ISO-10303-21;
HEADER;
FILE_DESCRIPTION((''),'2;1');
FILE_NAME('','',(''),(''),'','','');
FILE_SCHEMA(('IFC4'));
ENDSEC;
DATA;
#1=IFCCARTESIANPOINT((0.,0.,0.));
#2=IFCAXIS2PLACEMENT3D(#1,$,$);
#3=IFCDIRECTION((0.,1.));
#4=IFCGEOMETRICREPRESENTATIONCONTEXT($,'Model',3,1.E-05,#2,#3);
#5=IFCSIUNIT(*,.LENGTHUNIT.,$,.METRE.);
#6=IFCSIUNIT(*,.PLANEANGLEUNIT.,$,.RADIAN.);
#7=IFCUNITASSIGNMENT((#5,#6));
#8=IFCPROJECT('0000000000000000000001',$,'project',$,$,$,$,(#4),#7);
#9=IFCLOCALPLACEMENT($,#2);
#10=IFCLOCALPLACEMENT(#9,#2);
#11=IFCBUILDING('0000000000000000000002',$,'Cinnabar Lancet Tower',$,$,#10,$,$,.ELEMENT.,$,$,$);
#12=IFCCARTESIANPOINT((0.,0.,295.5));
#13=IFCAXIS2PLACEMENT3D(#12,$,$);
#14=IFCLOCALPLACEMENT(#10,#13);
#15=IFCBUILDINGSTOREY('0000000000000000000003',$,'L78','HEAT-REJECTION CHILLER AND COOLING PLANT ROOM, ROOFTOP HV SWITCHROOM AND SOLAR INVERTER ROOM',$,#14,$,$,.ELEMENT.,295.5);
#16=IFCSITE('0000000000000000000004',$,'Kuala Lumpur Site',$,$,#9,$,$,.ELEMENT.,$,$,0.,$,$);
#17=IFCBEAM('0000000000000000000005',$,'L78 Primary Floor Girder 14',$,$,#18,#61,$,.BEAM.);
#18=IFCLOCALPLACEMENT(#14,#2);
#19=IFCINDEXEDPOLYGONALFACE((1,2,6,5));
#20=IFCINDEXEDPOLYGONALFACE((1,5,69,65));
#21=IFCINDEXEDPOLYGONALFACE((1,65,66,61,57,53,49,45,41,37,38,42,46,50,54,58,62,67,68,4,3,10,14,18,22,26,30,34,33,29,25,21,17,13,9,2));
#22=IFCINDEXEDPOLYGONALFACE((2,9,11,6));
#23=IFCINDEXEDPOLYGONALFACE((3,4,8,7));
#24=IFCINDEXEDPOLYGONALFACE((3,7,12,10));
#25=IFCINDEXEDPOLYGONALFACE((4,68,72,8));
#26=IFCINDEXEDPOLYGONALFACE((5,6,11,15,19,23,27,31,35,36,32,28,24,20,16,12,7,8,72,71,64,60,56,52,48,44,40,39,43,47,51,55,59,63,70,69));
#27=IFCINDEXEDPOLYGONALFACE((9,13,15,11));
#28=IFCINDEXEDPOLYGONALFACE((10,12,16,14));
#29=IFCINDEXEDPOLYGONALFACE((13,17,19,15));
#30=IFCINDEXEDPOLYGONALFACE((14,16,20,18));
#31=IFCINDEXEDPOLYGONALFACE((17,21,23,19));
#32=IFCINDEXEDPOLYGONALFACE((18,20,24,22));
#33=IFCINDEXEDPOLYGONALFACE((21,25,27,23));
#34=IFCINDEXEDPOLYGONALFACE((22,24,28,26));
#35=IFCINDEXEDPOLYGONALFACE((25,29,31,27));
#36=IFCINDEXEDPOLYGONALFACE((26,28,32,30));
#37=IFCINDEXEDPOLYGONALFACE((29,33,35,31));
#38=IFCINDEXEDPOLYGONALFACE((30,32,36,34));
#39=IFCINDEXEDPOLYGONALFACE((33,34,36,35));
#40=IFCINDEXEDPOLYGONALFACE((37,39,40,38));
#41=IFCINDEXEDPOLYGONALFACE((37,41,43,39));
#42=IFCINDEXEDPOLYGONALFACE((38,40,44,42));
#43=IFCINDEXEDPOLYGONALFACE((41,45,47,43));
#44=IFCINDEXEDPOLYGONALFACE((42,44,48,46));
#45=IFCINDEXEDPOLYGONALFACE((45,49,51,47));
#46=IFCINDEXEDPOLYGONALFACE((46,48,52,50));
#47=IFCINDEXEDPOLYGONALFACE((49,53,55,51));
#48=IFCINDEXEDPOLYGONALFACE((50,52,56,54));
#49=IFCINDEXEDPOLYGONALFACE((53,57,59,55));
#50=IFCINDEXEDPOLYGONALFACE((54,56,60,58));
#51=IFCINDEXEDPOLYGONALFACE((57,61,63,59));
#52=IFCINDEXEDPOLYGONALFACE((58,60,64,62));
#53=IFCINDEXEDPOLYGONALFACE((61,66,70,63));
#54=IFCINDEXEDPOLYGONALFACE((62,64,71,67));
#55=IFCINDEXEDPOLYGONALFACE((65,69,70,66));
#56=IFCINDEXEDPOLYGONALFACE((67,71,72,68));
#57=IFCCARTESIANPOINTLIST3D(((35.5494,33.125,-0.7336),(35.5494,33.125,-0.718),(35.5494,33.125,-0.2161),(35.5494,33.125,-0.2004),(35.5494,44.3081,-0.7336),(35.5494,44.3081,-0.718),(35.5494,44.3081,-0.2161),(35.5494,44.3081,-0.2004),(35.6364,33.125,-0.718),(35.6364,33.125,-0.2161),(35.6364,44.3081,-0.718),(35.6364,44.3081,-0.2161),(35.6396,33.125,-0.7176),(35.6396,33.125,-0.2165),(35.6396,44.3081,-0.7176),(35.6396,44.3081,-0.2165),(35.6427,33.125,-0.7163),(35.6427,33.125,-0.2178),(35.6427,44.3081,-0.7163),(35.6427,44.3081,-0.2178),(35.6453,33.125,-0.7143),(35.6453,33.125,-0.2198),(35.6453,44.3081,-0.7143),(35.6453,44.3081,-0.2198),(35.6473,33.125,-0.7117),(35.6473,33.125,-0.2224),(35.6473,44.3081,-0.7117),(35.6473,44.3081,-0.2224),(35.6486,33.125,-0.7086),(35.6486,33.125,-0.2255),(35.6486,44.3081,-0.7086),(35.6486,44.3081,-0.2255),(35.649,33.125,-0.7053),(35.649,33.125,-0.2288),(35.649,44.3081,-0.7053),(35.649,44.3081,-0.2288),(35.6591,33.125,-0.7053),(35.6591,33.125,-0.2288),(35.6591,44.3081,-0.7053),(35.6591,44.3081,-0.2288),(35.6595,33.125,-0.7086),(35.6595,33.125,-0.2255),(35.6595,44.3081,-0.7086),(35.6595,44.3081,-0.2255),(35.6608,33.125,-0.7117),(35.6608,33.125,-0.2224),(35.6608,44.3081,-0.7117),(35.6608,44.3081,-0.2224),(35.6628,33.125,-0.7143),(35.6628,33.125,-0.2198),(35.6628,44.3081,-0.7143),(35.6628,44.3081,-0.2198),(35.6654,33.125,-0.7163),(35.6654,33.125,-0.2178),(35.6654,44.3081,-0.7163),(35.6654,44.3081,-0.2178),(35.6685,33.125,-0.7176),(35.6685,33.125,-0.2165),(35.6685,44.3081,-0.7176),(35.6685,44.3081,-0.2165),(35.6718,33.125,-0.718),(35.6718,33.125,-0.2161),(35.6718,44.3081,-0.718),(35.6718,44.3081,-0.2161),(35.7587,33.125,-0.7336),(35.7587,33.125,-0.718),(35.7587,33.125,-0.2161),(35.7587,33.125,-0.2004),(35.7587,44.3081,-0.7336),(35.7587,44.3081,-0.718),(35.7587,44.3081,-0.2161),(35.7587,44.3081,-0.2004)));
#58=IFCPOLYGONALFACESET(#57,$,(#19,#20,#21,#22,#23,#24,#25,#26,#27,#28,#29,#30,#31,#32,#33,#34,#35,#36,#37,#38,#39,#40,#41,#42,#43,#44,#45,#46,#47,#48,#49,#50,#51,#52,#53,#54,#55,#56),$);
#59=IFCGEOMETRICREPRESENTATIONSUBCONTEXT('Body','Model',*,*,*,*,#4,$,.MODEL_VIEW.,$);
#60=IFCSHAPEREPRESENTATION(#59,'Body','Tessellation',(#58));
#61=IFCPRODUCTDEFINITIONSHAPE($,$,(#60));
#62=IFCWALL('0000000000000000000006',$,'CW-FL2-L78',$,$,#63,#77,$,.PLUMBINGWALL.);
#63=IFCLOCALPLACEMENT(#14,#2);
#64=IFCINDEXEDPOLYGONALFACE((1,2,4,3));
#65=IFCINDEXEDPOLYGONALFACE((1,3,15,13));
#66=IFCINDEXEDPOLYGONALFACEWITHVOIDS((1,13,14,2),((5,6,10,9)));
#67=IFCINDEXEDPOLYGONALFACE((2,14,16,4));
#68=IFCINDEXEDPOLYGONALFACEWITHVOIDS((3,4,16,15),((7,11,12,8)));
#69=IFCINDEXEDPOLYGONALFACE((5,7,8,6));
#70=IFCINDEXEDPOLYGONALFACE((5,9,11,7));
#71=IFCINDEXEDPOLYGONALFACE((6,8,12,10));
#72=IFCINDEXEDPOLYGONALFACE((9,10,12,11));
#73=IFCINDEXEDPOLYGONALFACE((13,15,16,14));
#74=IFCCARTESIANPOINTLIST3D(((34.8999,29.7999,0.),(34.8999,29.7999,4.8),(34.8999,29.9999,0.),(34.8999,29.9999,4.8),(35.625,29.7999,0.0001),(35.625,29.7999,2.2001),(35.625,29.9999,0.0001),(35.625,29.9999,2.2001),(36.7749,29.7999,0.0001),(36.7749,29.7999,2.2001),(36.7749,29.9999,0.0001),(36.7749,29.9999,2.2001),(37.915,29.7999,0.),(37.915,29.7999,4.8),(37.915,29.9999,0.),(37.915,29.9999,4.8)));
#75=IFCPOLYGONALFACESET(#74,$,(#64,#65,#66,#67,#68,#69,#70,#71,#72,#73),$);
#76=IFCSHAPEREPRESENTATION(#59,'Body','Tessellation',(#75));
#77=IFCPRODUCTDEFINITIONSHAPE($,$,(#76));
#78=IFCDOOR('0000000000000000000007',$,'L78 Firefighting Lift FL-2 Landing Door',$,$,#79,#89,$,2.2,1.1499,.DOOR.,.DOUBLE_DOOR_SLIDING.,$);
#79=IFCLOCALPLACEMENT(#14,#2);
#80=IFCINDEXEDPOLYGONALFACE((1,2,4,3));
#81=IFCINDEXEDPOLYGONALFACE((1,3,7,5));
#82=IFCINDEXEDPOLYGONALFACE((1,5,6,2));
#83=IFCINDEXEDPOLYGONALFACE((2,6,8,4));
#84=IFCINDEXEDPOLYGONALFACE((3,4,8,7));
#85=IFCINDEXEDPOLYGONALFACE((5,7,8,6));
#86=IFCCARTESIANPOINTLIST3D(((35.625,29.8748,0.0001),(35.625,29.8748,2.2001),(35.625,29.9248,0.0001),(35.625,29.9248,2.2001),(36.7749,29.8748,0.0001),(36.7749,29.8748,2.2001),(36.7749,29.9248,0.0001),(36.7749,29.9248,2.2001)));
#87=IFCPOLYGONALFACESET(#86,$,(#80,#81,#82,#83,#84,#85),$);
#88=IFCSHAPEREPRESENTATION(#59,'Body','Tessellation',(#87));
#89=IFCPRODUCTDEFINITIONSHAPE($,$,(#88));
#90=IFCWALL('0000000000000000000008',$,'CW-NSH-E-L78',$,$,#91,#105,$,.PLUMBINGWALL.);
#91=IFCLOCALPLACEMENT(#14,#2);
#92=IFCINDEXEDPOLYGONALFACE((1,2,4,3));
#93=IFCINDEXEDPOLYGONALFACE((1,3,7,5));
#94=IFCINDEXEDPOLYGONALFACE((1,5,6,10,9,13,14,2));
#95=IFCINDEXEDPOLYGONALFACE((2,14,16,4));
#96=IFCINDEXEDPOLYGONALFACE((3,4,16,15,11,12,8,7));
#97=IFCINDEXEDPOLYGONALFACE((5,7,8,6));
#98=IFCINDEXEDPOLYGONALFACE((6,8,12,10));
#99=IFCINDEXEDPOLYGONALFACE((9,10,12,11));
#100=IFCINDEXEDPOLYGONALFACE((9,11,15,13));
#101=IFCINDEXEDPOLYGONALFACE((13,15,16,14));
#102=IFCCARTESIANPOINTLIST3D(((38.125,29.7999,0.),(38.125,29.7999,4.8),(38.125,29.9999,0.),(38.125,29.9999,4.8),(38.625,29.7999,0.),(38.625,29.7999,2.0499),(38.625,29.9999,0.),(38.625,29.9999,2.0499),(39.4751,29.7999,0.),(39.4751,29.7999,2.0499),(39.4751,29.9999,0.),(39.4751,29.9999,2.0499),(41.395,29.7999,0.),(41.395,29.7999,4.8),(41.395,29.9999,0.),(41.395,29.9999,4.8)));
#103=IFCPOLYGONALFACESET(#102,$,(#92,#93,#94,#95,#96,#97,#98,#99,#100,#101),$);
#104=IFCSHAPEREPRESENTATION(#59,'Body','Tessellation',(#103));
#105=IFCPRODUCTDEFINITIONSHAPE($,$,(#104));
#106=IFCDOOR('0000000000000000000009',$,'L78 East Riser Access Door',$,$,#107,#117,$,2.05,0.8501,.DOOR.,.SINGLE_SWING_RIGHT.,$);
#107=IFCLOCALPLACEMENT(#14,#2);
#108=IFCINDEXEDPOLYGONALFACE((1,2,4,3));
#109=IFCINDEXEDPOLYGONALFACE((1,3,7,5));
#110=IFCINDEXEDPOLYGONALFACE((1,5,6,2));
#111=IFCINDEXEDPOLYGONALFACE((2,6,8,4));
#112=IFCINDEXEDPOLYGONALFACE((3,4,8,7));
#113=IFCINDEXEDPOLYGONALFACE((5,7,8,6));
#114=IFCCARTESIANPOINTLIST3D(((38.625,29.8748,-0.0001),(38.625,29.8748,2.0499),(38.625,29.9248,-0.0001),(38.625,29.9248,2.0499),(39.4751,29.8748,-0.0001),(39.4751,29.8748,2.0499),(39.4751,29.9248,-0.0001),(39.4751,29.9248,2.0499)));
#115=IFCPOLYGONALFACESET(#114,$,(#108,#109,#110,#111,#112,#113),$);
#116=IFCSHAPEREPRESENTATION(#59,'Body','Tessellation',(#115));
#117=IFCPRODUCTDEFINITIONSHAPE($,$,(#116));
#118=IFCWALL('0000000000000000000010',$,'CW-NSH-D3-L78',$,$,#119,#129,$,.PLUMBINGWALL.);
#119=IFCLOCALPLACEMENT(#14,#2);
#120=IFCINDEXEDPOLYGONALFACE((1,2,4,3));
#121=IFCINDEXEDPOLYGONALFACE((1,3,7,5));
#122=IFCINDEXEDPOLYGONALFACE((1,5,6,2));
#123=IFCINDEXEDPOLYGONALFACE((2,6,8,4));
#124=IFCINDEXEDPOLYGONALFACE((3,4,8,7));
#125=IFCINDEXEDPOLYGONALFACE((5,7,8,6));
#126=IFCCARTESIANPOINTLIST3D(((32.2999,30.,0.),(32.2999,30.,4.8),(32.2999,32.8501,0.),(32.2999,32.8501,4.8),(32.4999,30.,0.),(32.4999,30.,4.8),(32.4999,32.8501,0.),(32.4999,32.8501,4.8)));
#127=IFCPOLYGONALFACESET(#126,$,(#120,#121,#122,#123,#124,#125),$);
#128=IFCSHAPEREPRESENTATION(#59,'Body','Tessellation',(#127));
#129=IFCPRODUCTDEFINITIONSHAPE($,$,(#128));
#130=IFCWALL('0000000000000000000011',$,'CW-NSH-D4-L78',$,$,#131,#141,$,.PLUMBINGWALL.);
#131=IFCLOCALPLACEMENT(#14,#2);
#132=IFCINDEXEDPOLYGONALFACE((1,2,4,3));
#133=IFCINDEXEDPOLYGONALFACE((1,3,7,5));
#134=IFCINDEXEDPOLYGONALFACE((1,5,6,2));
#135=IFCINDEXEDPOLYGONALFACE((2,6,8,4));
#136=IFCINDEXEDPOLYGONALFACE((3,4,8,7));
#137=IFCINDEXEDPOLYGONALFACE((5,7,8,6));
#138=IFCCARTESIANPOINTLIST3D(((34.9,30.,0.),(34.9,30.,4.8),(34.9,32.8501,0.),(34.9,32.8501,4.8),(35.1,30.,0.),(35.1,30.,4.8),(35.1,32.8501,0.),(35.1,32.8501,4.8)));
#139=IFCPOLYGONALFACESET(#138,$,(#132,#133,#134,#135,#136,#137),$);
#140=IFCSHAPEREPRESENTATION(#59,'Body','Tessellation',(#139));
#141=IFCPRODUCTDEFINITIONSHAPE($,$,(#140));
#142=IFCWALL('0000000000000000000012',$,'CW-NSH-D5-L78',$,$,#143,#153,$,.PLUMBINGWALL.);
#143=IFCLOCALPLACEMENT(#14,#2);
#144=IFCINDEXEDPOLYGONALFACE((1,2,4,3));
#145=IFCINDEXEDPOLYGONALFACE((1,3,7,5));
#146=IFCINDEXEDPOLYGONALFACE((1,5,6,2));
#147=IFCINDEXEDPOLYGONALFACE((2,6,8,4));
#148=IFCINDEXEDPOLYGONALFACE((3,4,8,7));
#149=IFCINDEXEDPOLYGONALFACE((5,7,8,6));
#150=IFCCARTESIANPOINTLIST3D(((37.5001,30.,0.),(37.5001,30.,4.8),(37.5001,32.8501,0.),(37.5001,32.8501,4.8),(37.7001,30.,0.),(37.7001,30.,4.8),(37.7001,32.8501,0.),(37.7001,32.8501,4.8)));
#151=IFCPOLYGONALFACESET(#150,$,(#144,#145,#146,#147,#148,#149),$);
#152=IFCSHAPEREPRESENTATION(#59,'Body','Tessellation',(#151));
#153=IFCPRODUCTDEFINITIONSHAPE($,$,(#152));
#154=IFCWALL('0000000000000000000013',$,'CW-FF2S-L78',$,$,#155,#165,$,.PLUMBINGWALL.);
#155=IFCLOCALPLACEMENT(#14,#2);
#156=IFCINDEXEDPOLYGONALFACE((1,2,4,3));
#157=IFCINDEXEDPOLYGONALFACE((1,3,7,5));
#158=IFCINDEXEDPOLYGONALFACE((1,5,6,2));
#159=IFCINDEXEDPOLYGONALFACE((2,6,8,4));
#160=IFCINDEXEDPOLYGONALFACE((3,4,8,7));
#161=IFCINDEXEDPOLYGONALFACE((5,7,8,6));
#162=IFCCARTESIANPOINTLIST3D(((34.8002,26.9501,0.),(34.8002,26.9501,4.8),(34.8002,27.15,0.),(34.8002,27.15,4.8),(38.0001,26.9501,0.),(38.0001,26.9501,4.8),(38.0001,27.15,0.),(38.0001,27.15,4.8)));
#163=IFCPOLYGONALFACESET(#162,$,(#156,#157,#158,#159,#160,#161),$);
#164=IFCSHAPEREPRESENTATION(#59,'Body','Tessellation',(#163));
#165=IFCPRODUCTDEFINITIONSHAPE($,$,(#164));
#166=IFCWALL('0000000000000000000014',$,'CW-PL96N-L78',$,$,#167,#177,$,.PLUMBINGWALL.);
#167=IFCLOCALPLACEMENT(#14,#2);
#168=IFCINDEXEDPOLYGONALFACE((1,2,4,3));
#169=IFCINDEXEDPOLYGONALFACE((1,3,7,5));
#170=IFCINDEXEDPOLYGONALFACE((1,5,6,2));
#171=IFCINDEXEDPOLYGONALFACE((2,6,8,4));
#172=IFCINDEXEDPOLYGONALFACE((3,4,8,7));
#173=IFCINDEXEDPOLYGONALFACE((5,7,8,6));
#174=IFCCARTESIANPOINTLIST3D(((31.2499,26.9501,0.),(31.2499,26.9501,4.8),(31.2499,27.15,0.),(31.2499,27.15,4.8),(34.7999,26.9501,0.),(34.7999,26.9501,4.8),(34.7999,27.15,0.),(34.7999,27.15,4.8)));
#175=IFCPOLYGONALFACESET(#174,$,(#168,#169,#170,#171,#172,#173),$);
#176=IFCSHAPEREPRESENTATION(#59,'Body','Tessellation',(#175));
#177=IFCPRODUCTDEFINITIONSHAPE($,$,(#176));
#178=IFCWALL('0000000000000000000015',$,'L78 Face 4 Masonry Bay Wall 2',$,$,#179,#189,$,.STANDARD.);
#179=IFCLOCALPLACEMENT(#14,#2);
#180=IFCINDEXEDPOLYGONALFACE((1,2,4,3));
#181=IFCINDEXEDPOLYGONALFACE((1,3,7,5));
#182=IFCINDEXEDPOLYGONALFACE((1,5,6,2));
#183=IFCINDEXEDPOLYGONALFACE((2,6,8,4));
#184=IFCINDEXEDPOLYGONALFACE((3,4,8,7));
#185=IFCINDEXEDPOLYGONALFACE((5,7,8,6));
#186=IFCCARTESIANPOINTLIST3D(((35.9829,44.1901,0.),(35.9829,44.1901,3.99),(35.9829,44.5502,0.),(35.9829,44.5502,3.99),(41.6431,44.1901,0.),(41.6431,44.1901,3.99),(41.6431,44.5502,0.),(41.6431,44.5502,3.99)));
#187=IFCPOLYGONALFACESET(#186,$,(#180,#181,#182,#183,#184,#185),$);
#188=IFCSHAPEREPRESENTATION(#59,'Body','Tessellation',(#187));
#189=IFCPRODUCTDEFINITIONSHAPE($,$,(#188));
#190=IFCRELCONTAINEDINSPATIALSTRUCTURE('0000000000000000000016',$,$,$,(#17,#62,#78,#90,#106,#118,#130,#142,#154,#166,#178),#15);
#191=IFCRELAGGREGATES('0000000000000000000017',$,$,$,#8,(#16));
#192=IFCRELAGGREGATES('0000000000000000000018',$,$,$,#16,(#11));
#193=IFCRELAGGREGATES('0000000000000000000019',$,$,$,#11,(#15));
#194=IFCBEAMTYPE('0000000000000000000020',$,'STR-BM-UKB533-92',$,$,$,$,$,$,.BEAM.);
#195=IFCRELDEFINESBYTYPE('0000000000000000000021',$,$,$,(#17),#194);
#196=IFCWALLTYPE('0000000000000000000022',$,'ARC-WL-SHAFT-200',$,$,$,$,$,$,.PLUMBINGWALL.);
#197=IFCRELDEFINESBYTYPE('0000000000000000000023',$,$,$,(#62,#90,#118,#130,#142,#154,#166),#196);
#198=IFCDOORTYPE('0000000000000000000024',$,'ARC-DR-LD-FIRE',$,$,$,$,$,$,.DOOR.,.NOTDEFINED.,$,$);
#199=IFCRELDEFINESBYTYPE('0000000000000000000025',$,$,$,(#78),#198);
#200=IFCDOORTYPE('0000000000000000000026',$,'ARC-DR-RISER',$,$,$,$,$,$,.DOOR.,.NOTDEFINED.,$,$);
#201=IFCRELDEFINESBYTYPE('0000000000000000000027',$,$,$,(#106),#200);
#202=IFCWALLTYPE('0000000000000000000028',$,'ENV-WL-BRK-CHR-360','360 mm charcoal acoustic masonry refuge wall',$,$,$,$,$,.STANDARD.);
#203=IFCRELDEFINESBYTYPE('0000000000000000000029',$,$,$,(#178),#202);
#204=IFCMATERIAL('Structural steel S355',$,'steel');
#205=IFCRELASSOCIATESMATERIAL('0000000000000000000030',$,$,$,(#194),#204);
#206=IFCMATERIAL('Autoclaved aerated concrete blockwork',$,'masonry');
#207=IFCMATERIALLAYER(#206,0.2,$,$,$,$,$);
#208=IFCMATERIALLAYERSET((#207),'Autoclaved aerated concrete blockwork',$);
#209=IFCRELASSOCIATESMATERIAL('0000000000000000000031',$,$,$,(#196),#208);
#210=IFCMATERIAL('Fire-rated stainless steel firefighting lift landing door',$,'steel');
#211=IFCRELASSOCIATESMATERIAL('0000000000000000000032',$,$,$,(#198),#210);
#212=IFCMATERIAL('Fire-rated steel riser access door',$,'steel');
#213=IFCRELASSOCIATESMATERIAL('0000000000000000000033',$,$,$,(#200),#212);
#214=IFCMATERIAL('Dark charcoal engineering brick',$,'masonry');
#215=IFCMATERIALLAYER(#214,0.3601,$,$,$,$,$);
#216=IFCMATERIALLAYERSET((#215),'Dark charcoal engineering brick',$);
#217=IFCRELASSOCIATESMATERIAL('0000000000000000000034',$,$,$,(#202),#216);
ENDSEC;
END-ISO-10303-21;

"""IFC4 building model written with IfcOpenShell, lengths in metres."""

from ifc_helpers import new_model, si_unit, direction, frame, frame_2d, origin, origin_2d, place, context, subcontext, project, spatial, rectangle, i_section, extrude, material, layer, layer_set, material_profile, profile_set, type_object, element, fill, save


model = new_model("IFC4")

# Units and contexts
model_context = context("Model", 3, precision=1e-05, world=origin(), true_north=direction((0.0, 1.0)))
body_context = subcontext(model_context, "Body", "Model", "MODEL_VIEW")
ifc_project = project(units=[si_unit("LENGTHUNIT", "METRE"), si_unit("PLANEANGLEUNIT", "RADIAN")], contexts=[model_context])

# Site, building, storey
site_placement = place(None, origin())
site = spatial("IfcSite", under=ifc_project, at=site_placement, Name="Kuala Lumpur Site", CompositionType="ELEMENT", RefElevation=0.0)
building_placement = place(site_placement, origin())
building = spatial("IfcBuilding", under=site, at=building_placement, Name="Cinnabar Lancet Tower", CompositionType="ELEMENT")
storey_placement = place(building_placement, frame((0.0, 0.0, 295.5)))
storey = spatial("IfcBuildingStorey", under=building, at=storey_placement, Name="L78", Description="HEAT-REJECTION CHILLER AND COOLING PLANT ROOM, ROOFTOP HV SWITCHROOM AND SOLAR INVERTER ROOM", CompositionType="ELEMENT", Elevation=295.5)

# Beam
ifc_material_1 = material(Name="Structural steel S355", Category="steel")
ifc_material_profile_1 = material_profile(ifc_material_1, i_section(OverallWidth=0.2092, OverallDepth=0.5332, WebThickness=0.01, FlangeThickness=0.0156, FilletRadius=0.0127, at=origin_2d()), Name="UKB 533x210x92")
ifc_profile_set_1 = profile_set([ifc_material_profile_1], Name="Structural steel S355")
beam_type_1 = type_object("IfcBeamType", Name="STR-BM-UKB533-92", PredefinedType="BEAM", material=ifc_profile_set_1)
beam_1_placement = place(storey_placement, frame((35.6541, 44.3081, -0.467), z_axis=(0.0, -1.0, 0.0), x_axis=(1.0, 0.0, 0.0)))
element("IfcBeam", 1, at=beam_1_placement, inside=storey, type_object=beam_type_1, Name="L78 Primary Floor Girder 14", PredefinedType="BEAM", context=body_context, shape_type="SweptSolid", body=[
    extrude(i_section(OverallWidth=0.2092, OverallDepth=0.5332, WebThickness=0.01, FlangeThickness=0.0156, FilletRadius=0.0127, at=origin_2d()), origin(), (0.0, 0.0, 1.0), 11.1831),
])

# Walls, openings, doors
ifc_material_2 = material(Name="Autoclaved aerated concrete blockwork", Category="masonry")
ifc_layer_1 = layer(ifc_material_2, 0.2)
ifc_layer_set_1 = layer_set([ifc_layer_1], Name="Autoclaved aerated concrete blockwork")
wall_type_1 = type_object("IfcWallType", Name="ARC-WL-SHAFT-200", PredefinedType="PLUMBINGWALL", material=ifc_layer_set_1)
wall_1_placement = place(storey_placement, frame((34.8999, 29.8999, 0.0), z_axis=(0.0, 0.0, 1.0), x_axis=(1.0, 0.0, 0.0)))
wall_1 = element("IfcWall", 2, at=wall_1_placement, inside=storey, type_object=wall_type_1, Name="CW-FL2-L78", PredefinedType="PLUMBINGWALL", context=body_context, shape_type="SweptSolid", body=[
    extrude(rectangle(XDim=3.0151, YDim=0.2, at=frame_2d((1.5076, 0.0))), origin(), (0.0, 0.0, 1.0), 4.8),
])
opening_1_placement = place(wall_1_placement, frame((0.7251, 0.0, 0.0)))
opening_1 = element("IfcOpeningElement", 3, at=opening_1_placement, cuts=wall_1, PredefinedType="OPENING", context=body_context, shape_type="SweptSolid", body=[
    extrude(rectangle(XDim=1.1499, YDim=2.2, at=frame_2d((0.575, 1.1001))), frame((0.0, 0.1099, 0.0), z_axis=(0.0, -1.0, 0.0), x_axis=(1.0, 0.0, 0.0)), (0.0, 0.0, 1.0), 0.22),
])
ifc_material_3 = material(Name="Fire-rated stainless steel firefighting lift landing door", Category="steel")
door_type_1 = type_object("IfcDoorType", Name="ARC-DR-LD-FIRE", OperationType="NOTDEFINED", PredefinedType="DOOR", material=ifc_material_3)
door_1_placement = place(opening_1_placement, origin())
door_1 = element("IfcDoor", 4, at=door_1_placement, inside=storey, type_object=door_type_1, Name="L78 Firefighting Lift FL-2 Landing Door", OperationType="DOUBLE_DOOR_SLIDING", OverallHeight=2.2, OverallWidth=1.1499, PredefinedType="DOOR", context=body_context, shape_type="SweptSolid", body=[
    extrude(rectangle(XDim=1.1499, YDim=2.2, at=frame_2d((0.575, 1.1001))), frame((0.0, 0.0249, 0.0), z_axis=(0.0, -1.0, 0.0), x_axis=(1.0, 0.0, 0.0)), (0.0, 0.0, 1.0), 0.05),
])
fill(opening_1, door_1)
wall_2_placement = place(storey_placement, frame((38.125, 29.8999, 0.0), z_axis=(0.0, 0.0, 1.0), x_axis=(1.0, 0.0, 0.0)))
wall_2 = element("IfcWall", 5, at=wall_2_placement, inside=storey, type_object=wall_type_1, Name="CW-NSH-E-L78", PredefinedType="PLUMBINGWALL", context=body_context, shape_type="SweptSolid", body=[
    extrude(rectangle(XDim=3.27, YDim=0.2, at=frame_2d((1.635, 0.0))), origin(), (0.0, 0.0, 1.0), 4.8),
])
opening_2_placement = place(wall_2_placement, frame((0.5, 0.0, 0.0)))
opening_2 = element("IfcOpeningElement", 6, at=opening_2_placement, cuts=wall_2, PredefinedType="OPENING", context=body_context, shape_type="SweptSolid", body=[
    extrude(rectangle(XDim=0.8501, YDim=2.05, at=frame_2d((0.425, 1.0249))), frame((0.0, 0.1099, 0.0), z_axis=(0.0, -1.0, 0.0), x_axis=(1.0, 0.0, 0.0)), (0.0, 0.0, 1.0), 0.22),
])
ifc_material_4 = material(Name="Fire-rated steel riser access door", Category="steel")
door_type_2 = type_object("IfcDoorType", Name="ARC-DR-RISER", OperationType="NOTDEFINED", PredefinedType="DOOR", material=ifc_material_4)
door_2_placement = place(opening_2_placement, origin())
door_2 = element("IfcDoor", 7, at=door_2_placement, inside=storey, type_object=door_type_2, Name="L78 East Riser Access Door", OperationType="SINGLE_SWING_RIGHT", OverallHeight=2.05, OverallWidth=0.8501, PredefinedType="DOOR", context=body_context, shape_type="SweptSolid", body=[
    extrude(rectangle(XDim=0.8501, YDim=2.05, at=frame_2d((0.425, 1.0249))), frame((0.0, 0.0249, 0.0), z_axis=(0.0, -1.0, 0.0), x_axis=(1.0, 0.0, 0.0)), (0.0, 0.0, 1.0), 0.05),
])
fill(opening_2, door_2)

# Walls
for number, where, z_axis, x_axis, name in (
    (8, (32.3999, 30.0, 0.0), (0.0, 0.0, 1.0), (0.0, 1.0, 0.0), "CW-NSH-D3-L78"),
    (9, (35.0, 30.0, 0.0), (0.0, 0.0, 1.0), (0.0, 1.0, 0.0), "CW-NSH-D4-L78"),
    (10, (37.6001, 30.0, 0.0), (0.0, 0.0, 1.0), (0.0, 1.0, 0.0), "CW-NSH-D5-L78"),
):
    element("IfcWall", number, at=place(storey_placement, frame(where, z_axis=z_axis, x_axis=x_axis)), inside=storey, type_object=wall_type_1, Name=name, PredefinedType="PLUMBINGWALL", context=body_context, shape_type="SweptSolid", body=[
        extrude(rectangle(XDim=2.8501, YDim=0.2, at=frame_2d((1.425, 0.0))), origin(), (0.0, 0.0, 1.0), 4.8),
    ])

# Walls
wall_3_placement = place(storey_placement, frame((34.8, 27.05, 0.0), z_axis=(0.0, 0.0, 1.0), x_axis=(1.0, 0.0, 0.0)))
element("IfcWall", 11, at=wall_3_placement, inside=storey, type_object=wall_type_1, Name="CW-FF2S-L78", PredefinedType="PLUMBINGWALL", context=body_context, shape_type="SweptSolid", body=[
    extrude(rectangle(XDim=3.2, YDim=0.2, at=frame_2d((1.6001, 0.0))), origin(), (0.0, 0.0, 1.0), 4.8),
])
wall_4_placement = place(storey_placement, frame((31.25, 27.05, 0.0), z_axis=(0.0, 0.0, 1.0), x_axis=(1.0, 0.0, 0.0)))
element("IfcWall", 12, at=wall_4_placement, inside=storey, type_object=wall_type_1, Name="CW-PL96N-L78", PredefinedType="PLUMBINGWALL", context=body_context, shape_type="SweptSolid", body=[
    extrude(rectangle(XDim=3.55, YDim=0.2, at=frame_2d((1.7749, 0.0))), origin(), (0.0, 0.0, 1.0), 4.8),
])
ifc_material_5 = material(Name="Dark charcoal engineering brick", Category="masonry")
ifc_layer_2 = layer(ifc_material_5, 0.3601)
ifc_layer_set_2 = layer_set([ifc_layer_2], Name="Dark charcoal engineering brick")
wall_type_2 = type_object("IfcWallType", Name="ENV-WL-BRK-CHR-360", Description="360 mm charcoal acoustic masonry refuge wall", PredefinedType="STANDARD", material=ifc_layer_set_2)
wall_5_placement = place(storey_placement, frame((41.6431, 44.3701, 0.0), z_axis=(0.0, 0.0, 1.0), x_axis=(-1.0, 0.0, 0.0)))
element("IfcWall", 13, at=wall_5_placement, inside=storey, type_object=wall_type_2, Name="L78 Face 4 Masonry Bay Wall 2", PredefinedType="STANDARD", context=body_context, shape_type="SweptSolid", body=[
    extrude(rectangle(XDim=5.6602, YDim=0.3601, at=frame_2d((2.8301, 0.0))), origin(), (0.0, 0.0, 1.0), 3.99),
])

save(model, "model.ifc")
